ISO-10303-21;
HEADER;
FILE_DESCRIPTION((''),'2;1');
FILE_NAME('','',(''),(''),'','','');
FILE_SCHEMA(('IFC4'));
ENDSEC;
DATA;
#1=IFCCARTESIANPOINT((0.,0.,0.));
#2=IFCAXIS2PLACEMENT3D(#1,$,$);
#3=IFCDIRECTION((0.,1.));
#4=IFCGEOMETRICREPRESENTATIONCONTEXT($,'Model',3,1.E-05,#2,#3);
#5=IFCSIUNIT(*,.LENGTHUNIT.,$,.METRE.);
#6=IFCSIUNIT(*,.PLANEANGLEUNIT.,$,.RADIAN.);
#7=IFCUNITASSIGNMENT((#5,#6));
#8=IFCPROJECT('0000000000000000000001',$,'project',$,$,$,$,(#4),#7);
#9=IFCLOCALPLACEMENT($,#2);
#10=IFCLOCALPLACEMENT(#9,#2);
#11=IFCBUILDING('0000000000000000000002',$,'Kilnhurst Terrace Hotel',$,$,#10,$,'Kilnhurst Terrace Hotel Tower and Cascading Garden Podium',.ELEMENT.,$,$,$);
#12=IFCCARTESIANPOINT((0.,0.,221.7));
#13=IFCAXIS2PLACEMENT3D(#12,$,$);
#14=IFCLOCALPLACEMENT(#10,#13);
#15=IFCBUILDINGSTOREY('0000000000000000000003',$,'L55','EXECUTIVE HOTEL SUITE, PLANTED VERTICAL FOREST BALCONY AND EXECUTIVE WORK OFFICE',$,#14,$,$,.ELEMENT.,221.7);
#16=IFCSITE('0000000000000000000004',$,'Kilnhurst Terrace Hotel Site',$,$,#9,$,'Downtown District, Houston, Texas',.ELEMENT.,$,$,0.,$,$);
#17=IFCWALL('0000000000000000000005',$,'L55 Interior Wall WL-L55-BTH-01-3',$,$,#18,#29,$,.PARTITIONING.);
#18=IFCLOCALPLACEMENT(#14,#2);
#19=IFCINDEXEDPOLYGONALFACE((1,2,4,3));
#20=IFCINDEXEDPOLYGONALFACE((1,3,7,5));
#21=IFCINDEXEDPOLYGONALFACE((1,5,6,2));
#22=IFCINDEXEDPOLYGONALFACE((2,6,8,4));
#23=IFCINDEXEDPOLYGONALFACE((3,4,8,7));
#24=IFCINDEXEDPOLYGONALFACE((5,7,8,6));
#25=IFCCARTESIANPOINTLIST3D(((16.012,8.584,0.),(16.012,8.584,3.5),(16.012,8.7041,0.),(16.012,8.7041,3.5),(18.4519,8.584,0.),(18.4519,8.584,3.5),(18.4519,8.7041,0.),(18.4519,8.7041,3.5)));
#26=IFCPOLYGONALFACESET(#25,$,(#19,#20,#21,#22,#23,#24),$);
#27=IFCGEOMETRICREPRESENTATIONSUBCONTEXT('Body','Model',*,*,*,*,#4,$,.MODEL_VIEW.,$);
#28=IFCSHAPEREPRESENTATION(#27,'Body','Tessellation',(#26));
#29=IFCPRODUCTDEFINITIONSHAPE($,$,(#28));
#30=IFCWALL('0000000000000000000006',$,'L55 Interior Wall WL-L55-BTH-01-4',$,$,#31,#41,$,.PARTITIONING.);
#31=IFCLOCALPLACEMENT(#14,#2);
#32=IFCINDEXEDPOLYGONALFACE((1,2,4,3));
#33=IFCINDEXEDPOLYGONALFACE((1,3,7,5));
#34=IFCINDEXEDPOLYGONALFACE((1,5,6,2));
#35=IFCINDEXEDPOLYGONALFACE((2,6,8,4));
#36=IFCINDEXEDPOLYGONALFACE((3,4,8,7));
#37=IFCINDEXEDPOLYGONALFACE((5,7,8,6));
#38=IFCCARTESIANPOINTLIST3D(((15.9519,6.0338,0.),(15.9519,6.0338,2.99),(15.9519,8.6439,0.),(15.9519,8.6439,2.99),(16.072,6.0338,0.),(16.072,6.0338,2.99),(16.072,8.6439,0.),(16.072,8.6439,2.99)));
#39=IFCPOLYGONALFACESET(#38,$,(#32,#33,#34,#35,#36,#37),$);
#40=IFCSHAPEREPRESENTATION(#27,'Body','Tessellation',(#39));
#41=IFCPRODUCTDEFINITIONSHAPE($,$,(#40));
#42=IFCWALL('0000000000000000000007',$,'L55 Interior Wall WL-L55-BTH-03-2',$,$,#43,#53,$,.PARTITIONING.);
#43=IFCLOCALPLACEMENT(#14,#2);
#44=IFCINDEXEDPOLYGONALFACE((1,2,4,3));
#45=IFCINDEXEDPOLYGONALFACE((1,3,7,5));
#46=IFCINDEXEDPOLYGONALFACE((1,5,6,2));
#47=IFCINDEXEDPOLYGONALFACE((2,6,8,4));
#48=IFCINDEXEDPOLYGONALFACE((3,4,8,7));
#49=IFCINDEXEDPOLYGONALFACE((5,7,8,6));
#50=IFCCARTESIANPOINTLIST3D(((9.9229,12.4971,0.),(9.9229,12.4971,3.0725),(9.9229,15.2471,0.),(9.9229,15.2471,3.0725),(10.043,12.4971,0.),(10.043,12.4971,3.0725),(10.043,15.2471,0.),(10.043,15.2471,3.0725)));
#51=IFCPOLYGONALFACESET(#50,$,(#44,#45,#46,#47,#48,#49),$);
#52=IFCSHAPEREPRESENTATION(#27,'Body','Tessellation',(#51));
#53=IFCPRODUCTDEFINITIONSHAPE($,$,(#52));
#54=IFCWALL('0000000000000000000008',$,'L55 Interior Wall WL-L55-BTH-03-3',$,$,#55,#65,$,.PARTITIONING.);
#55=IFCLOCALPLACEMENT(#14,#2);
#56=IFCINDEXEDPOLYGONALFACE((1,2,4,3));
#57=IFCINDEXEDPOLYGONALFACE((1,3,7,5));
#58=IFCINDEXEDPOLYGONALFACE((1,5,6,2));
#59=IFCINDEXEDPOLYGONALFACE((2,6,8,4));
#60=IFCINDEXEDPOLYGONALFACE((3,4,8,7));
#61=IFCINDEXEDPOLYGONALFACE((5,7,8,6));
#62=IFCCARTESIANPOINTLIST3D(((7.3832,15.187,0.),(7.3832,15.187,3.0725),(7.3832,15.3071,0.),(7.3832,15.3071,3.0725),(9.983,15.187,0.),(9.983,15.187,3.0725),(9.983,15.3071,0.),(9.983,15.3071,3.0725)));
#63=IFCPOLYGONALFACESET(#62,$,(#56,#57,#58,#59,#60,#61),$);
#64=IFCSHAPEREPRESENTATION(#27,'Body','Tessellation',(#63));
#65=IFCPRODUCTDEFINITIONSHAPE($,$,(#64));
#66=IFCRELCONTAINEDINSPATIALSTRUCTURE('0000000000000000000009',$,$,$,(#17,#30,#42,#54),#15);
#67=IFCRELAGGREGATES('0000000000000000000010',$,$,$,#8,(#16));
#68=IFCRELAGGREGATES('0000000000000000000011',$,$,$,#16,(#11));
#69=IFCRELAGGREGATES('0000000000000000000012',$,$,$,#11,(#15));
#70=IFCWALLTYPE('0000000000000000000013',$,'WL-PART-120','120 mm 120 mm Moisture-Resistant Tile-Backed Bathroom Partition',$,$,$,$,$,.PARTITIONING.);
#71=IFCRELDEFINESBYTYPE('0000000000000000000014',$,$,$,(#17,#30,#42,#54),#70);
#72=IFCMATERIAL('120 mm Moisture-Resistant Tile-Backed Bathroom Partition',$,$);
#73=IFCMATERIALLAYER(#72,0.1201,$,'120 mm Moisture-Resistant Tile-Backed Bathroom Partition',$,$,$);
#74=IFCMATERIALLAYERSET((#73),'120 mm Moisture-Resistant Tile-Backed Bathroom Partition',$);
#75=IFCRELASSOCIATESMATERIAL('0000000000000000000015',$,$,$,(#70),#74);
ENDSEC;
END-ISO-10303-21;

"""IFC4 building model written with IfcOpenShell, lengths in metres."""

from ifc_helpers import new_model, si_unit, direction, frame, frame_2d, origin, place, context, subcontext, project, spatial, rectangle, extrude, material, layer, layer_set, type_object, element, save


model = new_model("IFC4")

# Units and contexts
model_context = context("Model", 3, precision=1e-05, world=origin(), true_north=direction((0.0, 1.0)))
body_context = subcontext(model_context, "Body", "Model", "MODEL_VIEW")
ifc_project = project(units=[si_unit("LENGTHUNIT", "METRE"), si_unit("PLANEANGLEUNIT", "RADIAN")], contexts=[model_context])

# Site, building, storey
site_placement = place(None, origin())
site = spatial("IfcSite", under=ifc_project, at=site_placement, Name="Kilnhurst Terrace Hotel Site", LongName="Downtown District, Houston, Texas", CompositionType="ELEMENT", RefElevation=0.0)
building_placement = place(site_placement, origin())
building = spatial("IfcBuilding", under=site, at=building_placement, Name="Kilnhurst Terrace Hotel", LongName="Kilnhurst Terrace Hotel Tower and Cascading Garden Podium", CompositionType="ELEMENT")
storey_placement = place(building_placement, frame((0.0, 0.0, 221.7)))
storey = spatial("IfcBuildingStorey", under=building, at=storey_placement, Name="L55", Description="EXECUTIVE HOTEL SUITE, PLANTED VERTICAL FOREST BALCONY AND EXECUTIVE WORK OFFICE", CompositionType="ELEMENT", Elevation=221.7)

# Walls
ifc_material_1 = material(Name="120 mm Moisture-Resistant Tile-Backed Bathroom Partition")
ifc_layer_1 = layer(ifc_material_1, 0.1201, Name="120 mm Moisture-Resistant Tile-Backed Bathroom Partition")
ifc_layer_set_1 = layer_set([ifc_layer_1], Name="120 mm Moisture-Resistant Tile-Backed Bathroom Partition")
wall_type_1 = type_object("IfcWallType", Name="WL-PART-120", Description="120 mm 120 mm Moisture-Resistant Tile-Backed Bathroom Partition", PredefinedType="PARTITIONING", material=ifc_layer_set_1)
wall_1_placement = place(storey_placement, frame((18.4519, 8.644, 0.0), z_axis=(0.0, 0.0, 1.0), x_axis=(-1.0, 0.0, 0.0)))
element("IfcWall", 1, at=wall_1_placement, inside=storey, type_object=wall_type_1, Name="L55 Interior Wall WL-L55-BTH-01-3", PredefinedType="PARTITIONING", context=body_context, shape_type="SweptSolid", body=[
    extrude(rectangle(XDim=2.4399, YDim=0.1201, at=frame_2d((1.22, 0.0))), origin(), (0.0, 0.0, 1.0), 3.5),
])
wall_2_placement = place(storey_placement, frame((16.012, 8.644, 0.0), z_axis=(0.0, 0.0, 1.0), x_axis=(0.0, -1.0, 0.0)))
element("IfcWall", 2, at=wall_2_placement, inside=storey, type_object=wall_type_1, Name="L55 Interior Wall WL-L55-BTH-01-4", PredefinedType="PARTITIONING", context=body_context, shape_type="SweptSolid", body=[
    extrude(rectangle(XDim=2.6101, YDim=0.1201, at=frame_2d((1.3052, 0.0))), origin(), (0.0, 0.0, 1.0), 2.99),
])
wall_3_placement = place(storey_placement, frame((9.9829, 12.4971, 0.0), z_axis=(0.0, 0.0, 1.0), x_axis=(0.0, 1.0, 0.0)))
element("IfcWall", 3, at=wall_3_placement, inside=storey, type_object=wall_type_1, Name="L55 Interior Wall WL-L55-BTH-03-2", PredefinedType="PARTITIONING", context=body_context, shape_type="SweptSolid", body=[
    extrude(rectangle(XDim=2.75, YDim=0.1201, at=frame_2d((1.375, 0.0))), origin(), (0.0, 0.0, 1.0), 3.0725),
])
wall_4_placement = place(storey_placement, frame((9.9829, 15.2471, 0.0), z_axis=(0.0, 0.0, 1.0), x_axis=(-1.0, 0.0, 0.0)))
element("IfcWall", 4, at=wall_4_placement, inside=storey, type_object=wall_type_1, Name="L55 Interior Wall WL-L55-BTH-03-3", PredefinedType="PARTITIONING", context=body_context, shape_type="SweptSolid", body=[
    extrude(rectangle(XDim=2.5999, YDim=0.1201, at=frame_2d((1.2998, 0.0))), origin(), (0.0, 0.0, 1.0), 3.0725),
])

save(model, "model.ifc")
